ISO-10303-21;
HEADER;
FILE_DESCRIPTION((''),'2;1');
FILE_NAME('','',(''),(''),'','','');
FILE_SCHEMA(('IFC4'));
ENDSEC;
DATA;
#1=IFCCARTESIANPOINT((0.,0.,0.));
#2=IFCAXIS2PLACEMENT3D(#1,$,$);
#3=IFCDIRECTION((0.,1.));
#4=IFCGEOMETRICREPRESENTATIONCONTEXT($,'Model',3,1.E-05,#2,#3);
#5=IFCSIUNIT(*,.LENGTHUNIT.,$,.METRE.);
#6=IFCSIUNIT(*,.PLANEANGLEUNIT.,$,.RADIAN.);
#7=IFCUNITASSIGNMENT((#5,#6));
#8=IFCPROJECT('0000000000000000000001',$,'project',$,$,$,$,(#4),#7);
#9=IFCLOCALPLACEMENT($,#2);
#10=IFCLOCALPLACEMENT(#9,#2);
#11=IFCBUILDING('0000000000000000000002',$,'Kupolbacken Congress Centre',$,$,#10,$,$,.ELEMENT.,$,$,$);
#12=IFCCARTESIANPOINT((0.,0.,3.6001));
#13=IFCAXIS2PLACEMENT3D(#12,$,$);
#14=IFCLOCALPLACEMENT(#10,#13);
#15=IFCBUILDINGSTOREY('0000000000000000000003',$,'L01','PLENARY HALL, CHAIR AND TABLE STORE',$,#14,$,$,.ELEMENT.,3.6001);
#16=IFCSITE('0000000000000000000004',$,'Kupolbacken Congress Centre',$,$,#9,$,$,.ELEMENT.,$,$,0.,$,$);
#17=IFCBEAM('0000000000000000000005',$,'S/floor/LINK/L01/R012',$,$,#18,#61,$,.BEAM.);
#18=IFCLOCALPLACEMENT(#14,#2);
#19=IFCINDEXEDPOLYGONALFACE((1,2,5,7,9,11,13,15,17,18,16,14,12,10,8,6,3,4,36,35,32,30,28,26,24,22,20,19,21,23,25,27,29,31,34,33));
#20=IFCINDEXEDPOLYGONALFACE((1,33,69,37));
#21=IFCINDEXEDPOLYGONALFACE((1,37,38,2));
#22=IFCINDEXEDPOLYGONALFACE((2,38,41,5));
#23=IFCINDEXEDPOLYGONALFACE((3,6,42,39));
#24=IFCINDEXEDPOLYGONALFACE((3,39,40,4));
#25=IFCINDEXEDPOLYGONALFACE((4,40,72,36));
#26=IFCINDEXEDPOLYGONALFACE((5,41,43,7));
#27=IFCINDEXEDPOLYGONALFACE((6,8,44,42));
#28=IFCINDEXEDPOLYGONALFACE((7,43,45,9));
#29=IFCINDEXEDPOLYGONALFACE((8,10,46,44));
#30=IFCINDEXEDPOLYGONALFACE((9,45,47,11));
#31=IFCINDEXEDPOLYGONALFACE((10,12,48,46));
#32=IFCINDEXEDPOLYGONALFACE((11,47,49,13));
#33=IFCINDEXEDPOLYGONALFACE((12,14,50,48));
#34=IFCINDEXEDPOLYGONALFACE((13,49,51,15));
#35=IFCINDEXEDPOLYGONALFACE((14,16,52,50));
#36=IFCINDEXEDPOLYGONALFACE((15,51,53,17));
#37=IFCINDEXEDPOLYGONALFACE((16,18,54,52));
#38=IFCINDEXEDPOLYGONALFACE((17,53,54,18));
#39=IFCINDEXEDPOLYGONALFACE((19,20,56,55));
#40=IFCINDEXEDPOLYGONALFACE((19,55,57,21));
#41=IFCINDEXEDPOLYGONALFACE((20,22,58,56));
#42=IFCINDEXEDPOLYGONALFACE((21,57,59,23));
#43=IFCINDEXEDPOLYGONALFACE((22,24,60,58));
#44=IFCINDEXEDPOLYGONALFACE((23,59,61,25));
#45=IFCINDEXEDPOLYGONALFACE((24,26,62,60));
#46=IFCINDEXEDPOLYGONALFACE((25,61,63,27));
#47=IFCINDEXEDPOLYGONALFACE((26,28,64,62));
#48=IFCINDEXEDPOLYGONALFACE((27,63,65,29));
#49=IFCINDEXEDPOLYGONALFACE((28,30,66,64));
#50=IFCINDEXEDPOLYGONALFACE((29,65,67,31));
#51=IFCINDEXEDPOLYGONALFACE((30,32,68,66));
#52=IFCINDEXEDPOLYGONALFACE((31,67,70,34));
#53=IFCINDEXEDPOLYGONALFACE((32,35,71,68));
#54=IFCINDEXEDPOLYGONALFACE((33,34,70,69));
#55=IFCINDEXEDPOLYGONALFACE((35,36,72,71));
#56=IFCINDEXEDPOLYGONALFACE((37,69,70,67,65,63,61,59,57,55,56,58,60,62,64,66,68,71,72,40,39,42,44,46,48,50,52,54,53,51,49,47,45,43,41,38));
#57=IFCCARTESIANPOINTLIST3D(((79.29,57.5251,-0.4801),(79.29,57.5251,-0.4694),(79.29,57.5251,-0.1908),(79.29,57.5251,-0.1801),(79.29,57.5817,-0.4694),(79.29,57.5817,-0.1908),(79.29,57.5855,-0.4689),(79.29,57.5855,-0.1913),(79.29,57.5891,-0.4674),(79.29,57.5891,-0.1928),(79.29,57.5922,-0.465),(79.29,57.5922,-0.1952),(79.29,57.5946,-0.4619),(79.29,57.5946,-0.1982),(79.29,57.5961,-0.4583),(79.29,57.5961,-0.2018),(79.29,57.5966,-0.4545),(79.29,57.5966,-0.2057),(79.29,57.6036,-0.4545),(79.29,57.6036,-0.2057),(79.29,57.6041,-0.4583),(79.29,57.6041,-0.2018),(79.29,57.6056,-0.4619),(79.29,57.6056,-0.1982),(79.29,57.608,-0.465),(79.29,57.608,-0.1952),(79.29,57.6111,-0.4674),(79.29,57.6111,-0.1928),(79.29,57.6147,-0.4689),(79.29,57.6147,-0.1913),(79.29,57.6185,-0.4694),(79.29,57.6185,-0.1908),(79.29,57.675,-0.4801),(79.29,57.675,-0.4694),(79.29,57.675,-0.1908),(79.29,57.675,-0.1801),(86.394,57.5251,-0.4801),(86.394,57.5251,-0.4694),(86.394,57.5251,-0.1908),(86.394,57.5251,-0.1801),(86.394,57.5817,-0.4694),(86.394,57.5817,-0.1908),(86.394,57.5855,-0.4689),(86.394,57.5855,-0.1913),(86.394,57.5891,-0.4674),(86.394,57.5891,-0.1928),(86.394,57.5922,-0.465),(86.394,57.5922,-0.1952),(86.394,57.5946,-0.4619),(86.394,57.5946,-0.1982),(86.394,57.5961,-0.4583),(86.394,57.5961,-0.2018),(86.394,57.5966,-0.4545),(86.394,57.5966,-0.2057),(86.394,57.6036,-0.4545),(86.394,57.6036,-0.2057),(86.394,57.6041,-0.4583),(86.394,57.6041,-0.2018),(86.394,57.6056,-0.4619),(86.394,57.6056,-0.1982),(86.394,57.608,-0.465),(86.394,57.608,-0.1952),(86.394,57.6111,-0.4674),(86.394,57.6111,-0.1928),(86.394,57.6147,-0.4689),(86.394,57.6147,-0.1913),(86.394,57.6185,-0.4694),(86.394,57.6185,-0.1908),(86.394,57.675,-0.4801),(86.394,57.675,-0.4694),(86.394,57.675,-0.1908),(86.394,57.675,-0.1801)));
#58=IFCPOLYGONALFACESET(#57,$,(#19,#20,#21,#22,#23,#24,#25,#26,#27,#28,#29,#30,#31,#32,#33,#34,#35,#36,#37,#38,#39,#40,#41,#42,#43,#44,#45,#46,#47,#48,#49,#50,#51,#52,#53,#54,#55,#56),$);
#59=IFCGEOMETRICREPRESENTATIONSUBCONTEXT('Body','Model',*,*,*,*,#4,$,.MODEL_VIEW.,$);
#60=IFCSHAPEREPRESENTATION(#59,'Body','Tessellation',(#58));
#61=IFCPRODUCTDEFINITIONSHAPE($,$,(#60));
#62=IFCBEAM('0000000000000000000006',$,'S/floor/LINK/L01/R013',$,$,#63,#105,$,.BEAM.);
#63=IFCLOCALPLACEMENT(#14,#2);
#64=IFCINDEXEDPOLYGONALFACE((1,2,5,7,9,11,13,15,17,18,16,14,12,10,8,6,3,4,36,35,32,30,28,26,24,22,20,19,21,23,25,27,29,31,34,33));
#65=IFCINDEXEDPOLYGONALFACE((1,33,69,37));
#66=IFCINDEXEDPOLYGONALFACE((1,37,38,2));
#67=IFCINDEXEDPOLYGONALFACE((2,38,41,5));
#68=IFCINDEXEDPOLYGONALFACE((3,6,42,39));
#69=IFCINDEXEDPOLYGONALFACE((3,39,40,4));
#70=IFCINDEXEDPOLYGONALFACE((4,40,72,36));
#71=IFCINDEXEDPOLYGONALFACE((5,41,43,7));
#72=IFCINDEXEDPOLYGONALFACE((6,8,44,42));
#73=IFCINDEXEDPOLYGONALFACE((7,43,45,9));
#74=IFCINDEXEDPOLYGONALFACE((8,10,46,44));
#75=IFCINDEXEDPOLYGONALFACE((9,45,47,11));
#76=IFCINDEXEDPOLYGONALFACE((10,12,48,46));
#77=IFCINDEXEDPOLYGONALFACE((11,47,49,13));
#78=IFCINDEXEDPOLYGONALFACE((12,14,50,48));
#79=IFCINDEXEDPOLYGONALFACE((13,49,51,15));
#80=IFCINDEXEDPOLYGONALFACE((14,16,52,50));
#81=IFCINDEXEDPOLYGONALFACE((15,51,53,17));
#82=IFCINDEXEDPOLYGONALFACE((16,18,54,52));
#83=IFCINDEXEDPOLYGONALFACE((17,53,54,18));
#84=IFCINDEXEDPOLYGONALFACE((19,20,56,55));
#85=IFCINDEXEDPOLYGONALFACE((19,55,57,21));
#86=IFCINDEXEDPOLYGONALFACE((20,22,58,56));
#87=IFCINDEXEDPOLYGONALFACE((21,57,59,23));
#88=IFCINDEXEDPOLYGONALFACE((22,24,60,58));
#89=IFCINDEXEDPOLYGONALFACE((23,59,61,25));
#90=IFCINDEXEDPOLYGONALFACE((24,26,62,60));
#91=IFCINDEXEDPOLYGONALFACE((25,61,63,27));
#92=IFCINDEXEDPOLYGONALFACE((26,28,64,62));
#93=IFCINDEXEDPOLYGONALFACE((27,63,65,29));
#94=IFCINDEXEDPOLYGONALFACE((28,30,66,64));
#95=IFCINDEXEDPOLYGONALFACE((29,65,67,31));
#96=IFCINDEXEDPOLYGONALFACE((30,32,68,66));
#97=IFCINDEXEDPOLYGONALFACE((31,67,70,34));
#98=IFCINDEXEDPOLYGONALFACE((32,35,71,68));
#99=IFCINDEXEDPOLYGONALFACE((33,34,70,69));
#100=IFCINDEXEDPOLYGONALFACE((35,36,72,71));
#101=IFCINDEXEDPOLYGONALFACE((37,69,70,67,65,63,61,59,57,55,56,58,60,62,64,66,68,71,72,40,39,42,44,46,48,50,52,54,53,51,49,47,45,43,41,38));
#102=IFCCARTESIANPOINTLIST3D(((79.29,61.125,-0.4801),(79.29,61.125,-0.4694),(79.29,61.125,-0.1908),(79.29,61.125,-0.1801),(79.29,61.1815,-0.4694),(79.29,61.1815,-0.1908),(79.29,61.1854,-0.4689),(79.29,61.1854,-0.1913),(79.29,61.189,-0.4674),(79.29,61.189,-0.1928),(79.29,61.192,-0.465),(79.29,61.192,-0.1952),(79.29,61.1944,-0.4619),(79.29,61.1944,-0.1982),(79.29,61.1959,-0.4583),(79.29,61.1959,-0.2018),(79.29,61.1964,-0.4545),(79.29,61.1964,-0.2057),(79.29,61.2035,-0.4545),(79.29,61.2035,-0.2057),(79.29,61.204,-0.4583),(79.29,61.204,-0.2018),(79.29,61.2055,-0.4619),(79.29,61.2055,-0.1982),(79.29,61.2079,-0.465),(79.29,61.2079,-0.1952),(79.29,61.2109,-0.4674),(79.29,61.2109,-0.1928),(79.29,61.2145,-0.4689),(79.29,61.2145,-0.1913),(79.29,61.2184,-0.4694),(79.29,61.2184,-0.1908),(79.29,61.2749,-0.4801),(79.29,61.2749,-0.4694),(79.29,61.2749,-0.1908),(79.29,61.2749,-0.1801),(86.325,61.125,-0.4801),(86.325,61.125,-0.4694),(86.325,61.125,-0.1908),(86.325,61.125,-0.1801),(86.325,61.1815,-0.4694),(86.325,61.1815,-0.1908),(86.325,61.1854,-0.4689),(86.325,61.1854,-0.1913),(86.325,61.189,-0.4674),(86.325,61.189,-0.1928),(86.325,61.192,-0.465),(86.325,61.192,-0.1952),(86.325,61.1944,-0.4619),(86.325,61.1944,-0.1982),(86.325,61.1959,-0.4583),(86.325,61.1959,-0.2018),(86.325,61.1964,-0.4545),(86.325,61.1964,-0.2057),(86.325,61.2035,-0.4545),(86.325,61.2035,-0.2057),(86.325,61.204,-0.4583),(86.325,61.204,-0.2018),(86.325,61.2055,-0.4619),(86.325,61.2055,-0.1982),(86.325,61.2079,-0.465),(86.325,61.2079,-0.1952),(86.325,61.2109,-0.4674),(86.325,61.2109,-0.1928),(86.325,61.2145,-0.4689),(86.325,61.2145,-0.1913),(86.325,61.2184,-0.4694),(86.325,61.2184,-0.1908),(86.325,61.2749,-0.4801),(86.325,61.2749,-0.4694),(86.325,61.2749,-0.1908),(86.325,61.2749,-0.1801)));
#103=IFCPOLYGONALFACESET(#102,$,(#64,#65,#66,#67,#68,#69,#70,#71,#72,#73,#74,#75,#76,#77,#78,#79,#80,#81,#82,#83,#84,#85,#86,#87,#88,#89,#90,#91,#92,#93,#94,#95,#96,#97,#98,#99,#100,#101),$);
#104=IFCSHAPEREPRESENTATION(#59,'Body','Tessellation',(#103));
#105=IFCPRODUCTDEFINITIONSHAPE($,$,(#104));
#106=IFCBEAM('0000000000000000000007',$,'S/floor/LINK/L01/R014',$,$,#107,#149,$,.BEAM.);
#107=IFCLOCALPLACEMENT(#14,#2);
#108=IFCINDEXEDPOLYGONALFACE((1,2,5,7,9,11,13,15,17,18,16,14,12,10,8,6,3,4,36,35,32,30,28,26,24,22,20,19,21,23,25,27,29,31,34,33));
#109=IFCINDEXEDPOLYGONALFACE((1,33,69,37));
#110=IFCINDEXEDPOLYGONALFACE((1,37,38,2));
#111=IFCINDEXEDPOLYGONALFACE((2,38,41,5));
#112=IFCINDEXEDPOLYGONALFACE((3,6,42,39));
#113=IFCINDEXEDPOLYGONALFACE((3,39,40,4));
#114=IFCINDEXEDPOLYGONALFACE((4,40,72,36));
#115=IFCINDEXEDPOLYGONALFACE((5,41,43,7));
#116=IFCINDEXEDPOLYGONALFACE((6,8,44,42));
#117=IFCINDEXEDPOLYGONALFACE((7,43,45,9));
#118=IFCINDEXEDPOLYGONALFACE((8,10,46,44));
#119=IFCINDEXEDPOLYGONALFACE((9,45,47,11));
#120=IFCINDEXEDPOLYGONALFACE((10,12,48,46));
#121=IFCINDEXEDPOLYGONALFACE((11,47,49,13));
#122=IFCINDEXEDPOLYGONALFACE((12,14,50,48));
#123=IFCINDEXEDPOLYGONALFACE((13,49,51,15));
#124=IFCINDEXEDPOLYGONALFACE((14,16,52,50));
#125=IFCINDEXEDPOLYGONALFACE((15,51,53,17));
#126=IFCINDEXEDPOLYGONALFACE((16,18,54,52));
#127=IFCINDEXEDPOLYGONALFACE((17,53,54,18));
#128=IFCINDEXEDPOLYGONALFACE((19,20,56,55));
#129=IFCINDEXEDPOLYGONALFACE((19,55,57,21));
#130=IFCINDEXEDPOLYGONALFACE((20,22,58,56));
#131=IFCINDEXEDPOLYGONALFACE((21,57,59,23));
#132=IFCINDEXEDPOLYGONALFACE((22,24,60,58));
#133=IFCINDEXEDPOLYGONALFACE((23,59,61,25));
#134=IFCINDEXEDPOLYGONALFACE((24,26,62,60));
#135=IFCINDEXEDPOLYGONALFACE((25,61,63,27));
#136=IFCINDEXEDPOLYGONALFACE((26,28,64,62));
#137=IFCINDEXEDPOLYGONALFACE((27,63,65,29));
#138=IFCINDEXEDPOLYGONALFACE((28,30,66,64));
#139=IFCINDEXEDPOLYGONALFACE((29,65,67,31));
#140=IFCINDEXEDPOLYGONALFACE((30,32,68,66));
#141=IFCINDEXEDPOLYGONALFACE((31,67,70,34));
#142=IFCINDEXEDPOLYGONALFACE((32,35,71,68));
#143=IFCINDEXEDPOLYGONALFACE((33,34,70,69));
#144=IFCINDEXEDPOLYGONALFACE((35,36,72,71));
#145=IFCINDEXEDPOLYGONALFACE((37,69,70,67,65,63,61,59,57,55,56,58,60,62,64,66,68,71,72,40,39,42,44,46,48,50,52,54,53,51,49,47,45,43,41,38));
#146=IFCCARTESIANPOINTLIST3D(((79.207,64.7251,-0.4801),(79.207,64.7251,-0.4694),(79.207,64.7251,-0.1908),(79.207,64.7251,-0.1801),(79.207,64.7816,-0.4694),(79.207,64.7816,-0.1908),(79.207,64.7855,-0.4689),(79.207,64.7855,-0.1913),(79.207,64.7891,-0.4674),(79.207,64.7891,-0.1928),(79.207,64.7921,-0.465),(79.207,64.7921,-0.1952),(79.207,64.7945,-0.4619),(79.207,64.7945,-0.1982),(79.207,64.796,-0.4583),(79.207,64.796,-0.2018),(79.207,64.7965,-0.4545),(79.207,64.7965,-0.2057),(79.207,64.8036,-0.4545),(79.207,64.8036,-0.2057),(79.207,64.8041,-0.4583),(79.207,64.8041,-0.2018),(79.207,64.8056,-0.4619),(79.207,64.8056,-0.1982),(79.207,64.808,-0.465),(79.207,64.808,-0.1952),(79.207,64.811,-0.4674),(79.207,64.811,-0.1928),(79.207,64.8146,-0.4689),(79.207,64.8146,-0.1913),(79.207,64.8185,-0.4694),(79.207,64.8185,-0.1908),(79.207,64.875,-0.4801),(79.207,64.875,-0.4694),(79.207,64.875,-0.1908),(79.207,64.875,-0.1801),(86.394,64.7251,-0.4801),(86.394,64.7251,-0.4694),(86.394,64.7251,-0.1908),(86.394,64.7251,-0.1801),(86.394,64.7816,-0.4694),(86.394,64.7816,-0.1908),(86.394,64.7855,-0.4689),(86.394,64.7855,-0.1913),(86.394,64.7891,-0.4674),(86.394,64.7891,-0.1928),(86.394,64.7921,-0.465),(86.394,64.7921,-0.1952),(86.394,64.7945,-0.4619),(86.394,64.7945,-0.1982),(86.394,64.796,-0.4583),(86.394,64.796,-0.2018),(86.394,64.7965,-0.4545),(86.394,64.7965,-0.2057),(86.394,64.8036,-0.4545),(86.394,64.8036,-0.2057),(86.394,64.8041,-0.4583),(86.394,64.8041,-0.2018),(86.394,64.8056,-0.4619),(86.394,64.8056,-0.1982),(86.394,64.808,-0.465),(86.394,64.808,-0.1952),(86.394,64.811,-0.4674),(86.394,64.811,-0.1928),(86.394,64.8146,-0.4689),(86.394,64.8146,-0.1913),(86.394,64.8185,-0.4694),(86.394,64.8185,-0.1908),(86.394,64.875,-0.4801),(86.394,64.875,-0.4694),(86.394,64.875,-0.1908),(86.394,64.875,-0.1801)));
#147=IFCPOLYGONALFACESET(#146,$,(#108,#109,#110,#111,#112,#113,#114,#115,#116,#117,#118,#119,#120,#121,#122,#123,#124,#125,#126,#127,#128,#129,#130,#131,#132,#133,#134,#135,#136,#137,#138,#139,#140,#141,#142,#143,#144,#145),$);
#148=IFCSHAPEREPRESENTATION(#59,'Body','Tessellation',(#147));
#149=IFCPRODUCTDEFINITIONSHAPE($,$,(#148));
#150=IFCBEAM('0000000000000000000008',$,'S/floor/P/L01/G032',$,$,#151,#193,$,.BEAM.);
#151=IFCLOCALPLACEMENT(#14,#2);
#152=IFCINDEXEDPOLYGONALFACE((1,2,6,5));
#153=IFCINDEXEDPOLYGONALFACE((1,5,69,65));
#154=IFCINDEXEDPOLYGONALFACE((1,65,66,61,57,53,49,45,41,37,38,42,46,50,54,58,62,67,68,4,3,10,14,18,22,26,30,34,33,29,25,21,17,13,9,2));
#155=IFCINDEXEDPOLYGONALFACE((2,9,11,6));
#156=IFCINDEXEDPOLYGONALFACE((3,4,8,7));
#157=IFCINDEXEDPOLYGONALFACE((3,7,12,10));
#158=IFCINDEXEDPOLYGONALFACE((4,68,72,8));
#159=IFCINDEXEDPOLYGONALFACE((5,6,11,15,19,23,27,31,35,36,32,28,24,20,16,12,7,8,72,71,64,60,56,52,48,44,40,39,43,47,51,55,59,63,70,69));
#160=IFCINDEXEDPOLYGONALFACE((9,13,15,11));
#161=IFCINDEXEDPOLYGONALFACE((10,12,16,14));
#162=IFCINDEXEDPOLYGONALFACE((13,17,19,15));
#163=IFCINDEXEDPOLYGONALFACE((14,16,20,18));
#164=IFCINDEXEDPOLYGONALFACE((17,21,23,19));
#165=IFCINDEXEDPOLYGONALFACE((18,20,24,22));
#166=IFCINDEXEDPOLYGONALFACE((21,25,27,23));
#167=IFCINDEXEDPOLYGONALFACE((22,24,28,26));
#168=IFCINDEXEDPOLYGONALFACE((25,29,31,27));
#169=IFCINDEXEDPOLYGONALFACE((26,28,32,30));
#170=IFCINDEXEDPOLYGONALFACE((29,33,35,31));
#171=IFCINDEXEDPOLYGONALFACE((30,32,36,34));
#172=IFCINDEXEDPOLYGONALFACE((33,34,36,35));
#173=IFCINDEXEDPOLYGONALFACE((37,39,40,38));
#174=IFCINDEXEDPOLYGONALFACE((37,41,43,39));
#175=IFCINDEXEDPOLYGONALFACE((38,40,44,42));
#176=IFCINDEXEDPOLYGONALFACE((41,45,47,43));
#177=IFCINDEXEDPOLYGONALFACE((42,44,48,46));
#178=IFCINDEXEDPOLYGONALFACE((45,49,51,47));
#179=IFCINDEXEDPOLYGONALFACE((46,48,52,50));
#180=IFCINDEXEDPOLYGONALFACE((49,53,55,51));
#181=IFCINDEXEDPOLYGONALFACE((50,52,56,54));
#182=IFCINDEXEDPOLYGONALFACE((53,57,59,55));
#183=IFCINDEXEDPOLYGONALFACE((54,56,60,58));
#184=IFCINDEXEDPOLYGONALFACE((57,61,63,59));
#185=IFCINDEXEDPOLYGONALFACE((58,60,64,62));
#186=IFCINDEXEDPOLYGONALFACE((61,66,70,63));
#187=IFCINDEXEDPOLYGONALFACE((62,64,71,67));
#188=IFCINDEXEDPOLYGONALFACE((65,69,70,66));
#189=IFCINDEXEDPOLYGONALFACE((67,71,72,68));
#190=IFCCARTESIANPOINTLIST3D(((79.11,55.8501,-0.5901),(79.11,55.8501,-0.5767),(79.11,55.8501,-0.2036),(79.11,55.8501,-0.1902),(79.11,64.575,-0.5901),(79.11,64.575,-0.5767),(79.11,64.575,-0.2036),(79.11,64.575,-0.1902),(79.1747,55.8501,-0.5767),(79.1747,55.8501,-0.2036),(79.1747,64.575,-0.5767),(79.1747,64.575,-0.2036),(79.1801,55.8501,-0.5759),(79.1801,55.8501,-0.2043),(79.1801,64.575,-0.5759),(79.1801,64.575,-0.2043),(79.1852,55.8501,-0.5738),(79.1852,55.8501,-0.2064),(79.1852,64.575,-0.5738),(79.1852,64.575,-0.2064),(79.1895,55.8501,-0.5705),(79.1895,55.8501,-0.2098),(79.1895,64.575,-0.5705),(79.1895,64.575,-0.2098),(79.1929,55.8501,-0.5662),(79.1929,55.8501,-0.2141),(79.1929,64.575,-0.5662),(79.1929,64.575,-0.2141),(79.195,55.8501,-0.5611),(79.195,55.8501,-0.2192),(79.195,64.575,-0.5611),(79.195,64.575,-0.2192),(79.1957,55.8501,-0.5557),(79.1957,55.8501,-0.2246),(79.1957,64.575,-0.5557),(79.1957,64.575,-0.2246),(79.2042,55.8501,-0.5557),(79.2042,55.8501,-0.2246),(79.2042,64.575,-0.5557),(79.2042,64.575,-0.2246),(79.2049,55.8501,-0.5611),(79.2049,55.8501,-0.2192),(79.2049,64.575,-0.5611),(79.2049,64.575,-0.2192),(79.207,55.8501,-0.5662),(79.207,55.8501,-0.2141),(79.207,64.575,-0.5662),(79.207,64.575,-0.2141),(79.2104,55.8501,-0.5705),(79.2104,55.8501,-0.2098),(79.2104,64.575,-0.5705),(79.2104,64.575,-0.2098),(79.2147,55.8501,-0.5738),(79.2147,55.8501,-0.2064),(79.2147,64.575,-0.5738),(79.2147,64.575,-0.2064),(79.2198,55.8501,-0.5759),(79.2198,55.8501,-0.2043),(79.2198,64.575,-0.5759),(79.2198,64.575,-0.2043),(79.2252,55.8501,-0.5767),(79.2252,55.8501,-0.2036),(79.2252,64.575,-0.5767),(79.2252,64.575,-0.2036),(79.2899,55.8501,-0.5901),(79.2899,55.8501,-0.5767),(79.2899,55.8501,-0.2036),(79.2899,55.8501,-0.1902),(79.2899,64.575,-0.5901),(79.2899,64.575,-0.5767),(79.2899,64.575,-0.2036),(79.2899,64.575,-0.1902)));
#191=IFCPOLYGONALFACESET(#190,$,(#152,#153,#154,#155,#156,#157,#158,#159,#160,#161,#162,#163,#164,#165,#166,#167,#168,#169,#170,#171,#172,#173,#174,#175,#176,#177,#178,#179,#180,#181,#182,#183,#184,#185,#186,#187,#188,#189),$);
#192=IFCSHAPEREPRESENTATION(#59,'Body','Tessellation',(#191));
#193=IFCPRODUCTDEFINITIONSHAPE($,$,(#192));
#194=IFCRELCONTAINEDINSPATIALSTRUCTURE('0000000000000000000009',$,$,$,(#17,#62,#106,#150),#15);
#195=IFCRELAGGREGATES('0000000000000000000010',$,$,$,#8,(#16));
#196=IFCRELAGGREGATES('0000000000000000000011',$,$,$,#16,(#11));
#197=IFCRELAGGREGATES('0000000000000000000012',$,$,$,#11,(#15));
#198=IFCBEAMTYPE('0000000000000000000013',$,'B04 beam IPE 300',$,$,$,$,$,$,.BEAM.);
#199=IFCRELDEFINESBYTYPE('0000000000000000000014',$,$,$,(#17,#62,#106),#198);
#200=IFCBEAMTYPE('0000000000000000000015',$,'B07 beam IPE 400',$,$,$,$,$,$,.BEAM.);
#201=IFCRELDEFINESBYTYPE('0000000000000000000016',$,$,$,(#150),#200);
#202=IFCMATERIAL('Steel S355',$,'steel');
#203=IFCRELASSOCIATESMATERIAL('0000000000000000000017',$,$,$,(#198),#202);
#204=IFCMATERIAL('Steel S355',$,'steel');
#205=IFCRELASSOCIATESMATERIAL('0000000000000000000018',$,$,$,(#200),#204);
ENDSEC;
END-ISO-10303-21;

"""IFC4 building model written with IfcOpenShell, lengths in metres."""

from ifc_helpers import new_model, si_unit, direction, frame, origin, origin_2d, place, context, subcontext, project, spatial, i_section, extrude, material, material_profile, profile_set, type_object, element, save


model = new_model("IFC4")

# Units and contexts
model_context = context("Model", 3, precision=1e-05, world=origin(), true_north=direction((0.0, 1.0)))
body_context = subcontext(model_context, "Body", "Model", "MODEL_VIEW")
ifc_project = project(units=[si_unit("LENGTHUNIT", "METRE"), si_unit("PLANEANGLEUNIT", "RADIAN")], contexts=[model_context])

# Site, building, storey
site_placement = place(None, origin())
site = spatial("IfcSite", under=ifc_project, at=site_placement, Name="Kupolbacken Congress Centre", CompositionType="ELEMENT", RefElevation=0.0)
building_placement = place(site_placement, origin())
building = spatial("IfcBuilding", under=site, at=building_placement, Name="Kupolbacken Congress Centre", CompositionType="ELEMENT")
storey_placement = place(building_placement, frame((0.0, 0.0, 3.6001)))
storey = spatial("IfcBuildingStorey", under=building, at=storey_placement, Name="L01", Description="PLENARY HALL, CHAIR AND TABLE STORE", CompositionType="ELEMENT", Elevation=3.6001)

# Beams
ifc_material_1 = material(Name="Steel S355", Category="steel")
ifc_material_profile_1 = material_profile(ifc_material_1, i_section(OverallWidth=0.1499, OverallDepth=0.3, WebThickness=0.0071, FlangeThickness=0.0107, FilletRadius=0.0149, at=origin_2d()), Name="IPE 300")
ifc_profile_set_1 = profile_set([ifc_material_profile_1], Name="Steel S355")
beam_type_1 = type_object("IfcBeamType", Name="B04 beam IPE 300", PredefinedType="BEAM", material=ifc_profile_set_1)
beam_1_placement = place(storey_placement, frame((79.29, 57.6001, -0.3301), z_axis=(1.0, 0.0, 0.0), x_axis=(0.0, 1.0, 0.0)))
element("IfcBeam", 1, at=beam_1_placement, inside=storey, type_object=beam_type_1, Name="S/floor/LINK/L01/R012", PredefinedType="BEAM", context=body_context, shape_type="SweptSolid", body=[
    extrude(i_section(OverallWidth=0.1499, OverallDepth=0.3, WebThickness=0.0071, FlangeThickness=0.0107, FilletRadius=0.0149, at=origin_2d()), origin(), (0.0, 0.0, 1.0), 7.104),
])
beam_2_placement = place(storey_placement, frame((79.29, 61.2, -0.3301), z_axis=(1.0, 0.0, 0.0), x_axis=(0.0, 1.0, 0.0)))
element("IfcBeam", 2, at=beam_2_placement, inside=storey, type_object=beam_type_1, Name="S/floor/LINK/L01/R013", PredefinedType="BEAM", context=body_context, shape_type="SweptSolid", body=[
    extrude(i_section(OverallWidth=0.1499, OverallDepth=0.3, WebThickness=0.0071, FlangeThickness=0.0107, FilletRadius=0.0149, at=origin_2d()), origin(), (0.0, 0.0, 1.0), 7.0349),
])
beam_3_placement = place(storey_placement, frame((79.207, 64.8, -0.3301), z_axis=(1.0, 0.0, 0.0), x_axis=(0.0, 1.0, 0.0)))
element("IfcBeam", 3, at=beam_3_placement, inside=storey, type_object=beam_type_1, Name="S/floor/LINK/L01/R014", PredefinedType="BEAM", context=body_context, shape_type="SweptSolid", body=[
    extrude(i_section(OverallWidth=0.1499, OverallDepth=0.3, WebThickness=0.0071, FlangeThickness=0.0107, FilletRadius=0.0149, at=origin_2d()), origin(), (0.0, 0.0, 1.0), 7.187),
])
ifc_material_2 = material(Name="Steel S355", Category="steel")
ifc_material_profile_2 = material_profile(ifc_material_2, i_section(OverallWidth=0.1799, OverallDepth=0.3999, WebThickness=0.0085, FlangeThickness=0.0134, FilletRadius=0.021, at=origin_2d()), Name="IPE 400")
ifc_profile_set_2 = profile_set([ifc_material_profile_2], Name="Steel S355")
beam_type_2 = type_object("IfcBeamType", Name="B07 beam IPE 400", PredefinedType="BEAM", material=ifc_profile_set_2)
beam_4_placement = place(storey_placement, frame((79.2, 55.8501, -0.3901), z_axis=(0.0, 1.0, 0.0), x_axis=(-1.0, 0.0, 0.0)))
element("IfcBeam", 4, at=beam_4_placement, inside=storey, type_object=beam_type_2, Name="S/floor/P/L01/G032", PredefinedType="BEAM", context=body_context, shape_type="SweptSolid", body=[
    extrude(i_section(OverallWidth=0.1799, OverallDepth=0.3999, WebThickness=0.0085, FlangeThickness=0.0134, FilletRadius=0.021, at=origin_2d()), origin(), (0.0, 0.0, 1.0), 8.7249),
])

save(model, "model.ifc")
